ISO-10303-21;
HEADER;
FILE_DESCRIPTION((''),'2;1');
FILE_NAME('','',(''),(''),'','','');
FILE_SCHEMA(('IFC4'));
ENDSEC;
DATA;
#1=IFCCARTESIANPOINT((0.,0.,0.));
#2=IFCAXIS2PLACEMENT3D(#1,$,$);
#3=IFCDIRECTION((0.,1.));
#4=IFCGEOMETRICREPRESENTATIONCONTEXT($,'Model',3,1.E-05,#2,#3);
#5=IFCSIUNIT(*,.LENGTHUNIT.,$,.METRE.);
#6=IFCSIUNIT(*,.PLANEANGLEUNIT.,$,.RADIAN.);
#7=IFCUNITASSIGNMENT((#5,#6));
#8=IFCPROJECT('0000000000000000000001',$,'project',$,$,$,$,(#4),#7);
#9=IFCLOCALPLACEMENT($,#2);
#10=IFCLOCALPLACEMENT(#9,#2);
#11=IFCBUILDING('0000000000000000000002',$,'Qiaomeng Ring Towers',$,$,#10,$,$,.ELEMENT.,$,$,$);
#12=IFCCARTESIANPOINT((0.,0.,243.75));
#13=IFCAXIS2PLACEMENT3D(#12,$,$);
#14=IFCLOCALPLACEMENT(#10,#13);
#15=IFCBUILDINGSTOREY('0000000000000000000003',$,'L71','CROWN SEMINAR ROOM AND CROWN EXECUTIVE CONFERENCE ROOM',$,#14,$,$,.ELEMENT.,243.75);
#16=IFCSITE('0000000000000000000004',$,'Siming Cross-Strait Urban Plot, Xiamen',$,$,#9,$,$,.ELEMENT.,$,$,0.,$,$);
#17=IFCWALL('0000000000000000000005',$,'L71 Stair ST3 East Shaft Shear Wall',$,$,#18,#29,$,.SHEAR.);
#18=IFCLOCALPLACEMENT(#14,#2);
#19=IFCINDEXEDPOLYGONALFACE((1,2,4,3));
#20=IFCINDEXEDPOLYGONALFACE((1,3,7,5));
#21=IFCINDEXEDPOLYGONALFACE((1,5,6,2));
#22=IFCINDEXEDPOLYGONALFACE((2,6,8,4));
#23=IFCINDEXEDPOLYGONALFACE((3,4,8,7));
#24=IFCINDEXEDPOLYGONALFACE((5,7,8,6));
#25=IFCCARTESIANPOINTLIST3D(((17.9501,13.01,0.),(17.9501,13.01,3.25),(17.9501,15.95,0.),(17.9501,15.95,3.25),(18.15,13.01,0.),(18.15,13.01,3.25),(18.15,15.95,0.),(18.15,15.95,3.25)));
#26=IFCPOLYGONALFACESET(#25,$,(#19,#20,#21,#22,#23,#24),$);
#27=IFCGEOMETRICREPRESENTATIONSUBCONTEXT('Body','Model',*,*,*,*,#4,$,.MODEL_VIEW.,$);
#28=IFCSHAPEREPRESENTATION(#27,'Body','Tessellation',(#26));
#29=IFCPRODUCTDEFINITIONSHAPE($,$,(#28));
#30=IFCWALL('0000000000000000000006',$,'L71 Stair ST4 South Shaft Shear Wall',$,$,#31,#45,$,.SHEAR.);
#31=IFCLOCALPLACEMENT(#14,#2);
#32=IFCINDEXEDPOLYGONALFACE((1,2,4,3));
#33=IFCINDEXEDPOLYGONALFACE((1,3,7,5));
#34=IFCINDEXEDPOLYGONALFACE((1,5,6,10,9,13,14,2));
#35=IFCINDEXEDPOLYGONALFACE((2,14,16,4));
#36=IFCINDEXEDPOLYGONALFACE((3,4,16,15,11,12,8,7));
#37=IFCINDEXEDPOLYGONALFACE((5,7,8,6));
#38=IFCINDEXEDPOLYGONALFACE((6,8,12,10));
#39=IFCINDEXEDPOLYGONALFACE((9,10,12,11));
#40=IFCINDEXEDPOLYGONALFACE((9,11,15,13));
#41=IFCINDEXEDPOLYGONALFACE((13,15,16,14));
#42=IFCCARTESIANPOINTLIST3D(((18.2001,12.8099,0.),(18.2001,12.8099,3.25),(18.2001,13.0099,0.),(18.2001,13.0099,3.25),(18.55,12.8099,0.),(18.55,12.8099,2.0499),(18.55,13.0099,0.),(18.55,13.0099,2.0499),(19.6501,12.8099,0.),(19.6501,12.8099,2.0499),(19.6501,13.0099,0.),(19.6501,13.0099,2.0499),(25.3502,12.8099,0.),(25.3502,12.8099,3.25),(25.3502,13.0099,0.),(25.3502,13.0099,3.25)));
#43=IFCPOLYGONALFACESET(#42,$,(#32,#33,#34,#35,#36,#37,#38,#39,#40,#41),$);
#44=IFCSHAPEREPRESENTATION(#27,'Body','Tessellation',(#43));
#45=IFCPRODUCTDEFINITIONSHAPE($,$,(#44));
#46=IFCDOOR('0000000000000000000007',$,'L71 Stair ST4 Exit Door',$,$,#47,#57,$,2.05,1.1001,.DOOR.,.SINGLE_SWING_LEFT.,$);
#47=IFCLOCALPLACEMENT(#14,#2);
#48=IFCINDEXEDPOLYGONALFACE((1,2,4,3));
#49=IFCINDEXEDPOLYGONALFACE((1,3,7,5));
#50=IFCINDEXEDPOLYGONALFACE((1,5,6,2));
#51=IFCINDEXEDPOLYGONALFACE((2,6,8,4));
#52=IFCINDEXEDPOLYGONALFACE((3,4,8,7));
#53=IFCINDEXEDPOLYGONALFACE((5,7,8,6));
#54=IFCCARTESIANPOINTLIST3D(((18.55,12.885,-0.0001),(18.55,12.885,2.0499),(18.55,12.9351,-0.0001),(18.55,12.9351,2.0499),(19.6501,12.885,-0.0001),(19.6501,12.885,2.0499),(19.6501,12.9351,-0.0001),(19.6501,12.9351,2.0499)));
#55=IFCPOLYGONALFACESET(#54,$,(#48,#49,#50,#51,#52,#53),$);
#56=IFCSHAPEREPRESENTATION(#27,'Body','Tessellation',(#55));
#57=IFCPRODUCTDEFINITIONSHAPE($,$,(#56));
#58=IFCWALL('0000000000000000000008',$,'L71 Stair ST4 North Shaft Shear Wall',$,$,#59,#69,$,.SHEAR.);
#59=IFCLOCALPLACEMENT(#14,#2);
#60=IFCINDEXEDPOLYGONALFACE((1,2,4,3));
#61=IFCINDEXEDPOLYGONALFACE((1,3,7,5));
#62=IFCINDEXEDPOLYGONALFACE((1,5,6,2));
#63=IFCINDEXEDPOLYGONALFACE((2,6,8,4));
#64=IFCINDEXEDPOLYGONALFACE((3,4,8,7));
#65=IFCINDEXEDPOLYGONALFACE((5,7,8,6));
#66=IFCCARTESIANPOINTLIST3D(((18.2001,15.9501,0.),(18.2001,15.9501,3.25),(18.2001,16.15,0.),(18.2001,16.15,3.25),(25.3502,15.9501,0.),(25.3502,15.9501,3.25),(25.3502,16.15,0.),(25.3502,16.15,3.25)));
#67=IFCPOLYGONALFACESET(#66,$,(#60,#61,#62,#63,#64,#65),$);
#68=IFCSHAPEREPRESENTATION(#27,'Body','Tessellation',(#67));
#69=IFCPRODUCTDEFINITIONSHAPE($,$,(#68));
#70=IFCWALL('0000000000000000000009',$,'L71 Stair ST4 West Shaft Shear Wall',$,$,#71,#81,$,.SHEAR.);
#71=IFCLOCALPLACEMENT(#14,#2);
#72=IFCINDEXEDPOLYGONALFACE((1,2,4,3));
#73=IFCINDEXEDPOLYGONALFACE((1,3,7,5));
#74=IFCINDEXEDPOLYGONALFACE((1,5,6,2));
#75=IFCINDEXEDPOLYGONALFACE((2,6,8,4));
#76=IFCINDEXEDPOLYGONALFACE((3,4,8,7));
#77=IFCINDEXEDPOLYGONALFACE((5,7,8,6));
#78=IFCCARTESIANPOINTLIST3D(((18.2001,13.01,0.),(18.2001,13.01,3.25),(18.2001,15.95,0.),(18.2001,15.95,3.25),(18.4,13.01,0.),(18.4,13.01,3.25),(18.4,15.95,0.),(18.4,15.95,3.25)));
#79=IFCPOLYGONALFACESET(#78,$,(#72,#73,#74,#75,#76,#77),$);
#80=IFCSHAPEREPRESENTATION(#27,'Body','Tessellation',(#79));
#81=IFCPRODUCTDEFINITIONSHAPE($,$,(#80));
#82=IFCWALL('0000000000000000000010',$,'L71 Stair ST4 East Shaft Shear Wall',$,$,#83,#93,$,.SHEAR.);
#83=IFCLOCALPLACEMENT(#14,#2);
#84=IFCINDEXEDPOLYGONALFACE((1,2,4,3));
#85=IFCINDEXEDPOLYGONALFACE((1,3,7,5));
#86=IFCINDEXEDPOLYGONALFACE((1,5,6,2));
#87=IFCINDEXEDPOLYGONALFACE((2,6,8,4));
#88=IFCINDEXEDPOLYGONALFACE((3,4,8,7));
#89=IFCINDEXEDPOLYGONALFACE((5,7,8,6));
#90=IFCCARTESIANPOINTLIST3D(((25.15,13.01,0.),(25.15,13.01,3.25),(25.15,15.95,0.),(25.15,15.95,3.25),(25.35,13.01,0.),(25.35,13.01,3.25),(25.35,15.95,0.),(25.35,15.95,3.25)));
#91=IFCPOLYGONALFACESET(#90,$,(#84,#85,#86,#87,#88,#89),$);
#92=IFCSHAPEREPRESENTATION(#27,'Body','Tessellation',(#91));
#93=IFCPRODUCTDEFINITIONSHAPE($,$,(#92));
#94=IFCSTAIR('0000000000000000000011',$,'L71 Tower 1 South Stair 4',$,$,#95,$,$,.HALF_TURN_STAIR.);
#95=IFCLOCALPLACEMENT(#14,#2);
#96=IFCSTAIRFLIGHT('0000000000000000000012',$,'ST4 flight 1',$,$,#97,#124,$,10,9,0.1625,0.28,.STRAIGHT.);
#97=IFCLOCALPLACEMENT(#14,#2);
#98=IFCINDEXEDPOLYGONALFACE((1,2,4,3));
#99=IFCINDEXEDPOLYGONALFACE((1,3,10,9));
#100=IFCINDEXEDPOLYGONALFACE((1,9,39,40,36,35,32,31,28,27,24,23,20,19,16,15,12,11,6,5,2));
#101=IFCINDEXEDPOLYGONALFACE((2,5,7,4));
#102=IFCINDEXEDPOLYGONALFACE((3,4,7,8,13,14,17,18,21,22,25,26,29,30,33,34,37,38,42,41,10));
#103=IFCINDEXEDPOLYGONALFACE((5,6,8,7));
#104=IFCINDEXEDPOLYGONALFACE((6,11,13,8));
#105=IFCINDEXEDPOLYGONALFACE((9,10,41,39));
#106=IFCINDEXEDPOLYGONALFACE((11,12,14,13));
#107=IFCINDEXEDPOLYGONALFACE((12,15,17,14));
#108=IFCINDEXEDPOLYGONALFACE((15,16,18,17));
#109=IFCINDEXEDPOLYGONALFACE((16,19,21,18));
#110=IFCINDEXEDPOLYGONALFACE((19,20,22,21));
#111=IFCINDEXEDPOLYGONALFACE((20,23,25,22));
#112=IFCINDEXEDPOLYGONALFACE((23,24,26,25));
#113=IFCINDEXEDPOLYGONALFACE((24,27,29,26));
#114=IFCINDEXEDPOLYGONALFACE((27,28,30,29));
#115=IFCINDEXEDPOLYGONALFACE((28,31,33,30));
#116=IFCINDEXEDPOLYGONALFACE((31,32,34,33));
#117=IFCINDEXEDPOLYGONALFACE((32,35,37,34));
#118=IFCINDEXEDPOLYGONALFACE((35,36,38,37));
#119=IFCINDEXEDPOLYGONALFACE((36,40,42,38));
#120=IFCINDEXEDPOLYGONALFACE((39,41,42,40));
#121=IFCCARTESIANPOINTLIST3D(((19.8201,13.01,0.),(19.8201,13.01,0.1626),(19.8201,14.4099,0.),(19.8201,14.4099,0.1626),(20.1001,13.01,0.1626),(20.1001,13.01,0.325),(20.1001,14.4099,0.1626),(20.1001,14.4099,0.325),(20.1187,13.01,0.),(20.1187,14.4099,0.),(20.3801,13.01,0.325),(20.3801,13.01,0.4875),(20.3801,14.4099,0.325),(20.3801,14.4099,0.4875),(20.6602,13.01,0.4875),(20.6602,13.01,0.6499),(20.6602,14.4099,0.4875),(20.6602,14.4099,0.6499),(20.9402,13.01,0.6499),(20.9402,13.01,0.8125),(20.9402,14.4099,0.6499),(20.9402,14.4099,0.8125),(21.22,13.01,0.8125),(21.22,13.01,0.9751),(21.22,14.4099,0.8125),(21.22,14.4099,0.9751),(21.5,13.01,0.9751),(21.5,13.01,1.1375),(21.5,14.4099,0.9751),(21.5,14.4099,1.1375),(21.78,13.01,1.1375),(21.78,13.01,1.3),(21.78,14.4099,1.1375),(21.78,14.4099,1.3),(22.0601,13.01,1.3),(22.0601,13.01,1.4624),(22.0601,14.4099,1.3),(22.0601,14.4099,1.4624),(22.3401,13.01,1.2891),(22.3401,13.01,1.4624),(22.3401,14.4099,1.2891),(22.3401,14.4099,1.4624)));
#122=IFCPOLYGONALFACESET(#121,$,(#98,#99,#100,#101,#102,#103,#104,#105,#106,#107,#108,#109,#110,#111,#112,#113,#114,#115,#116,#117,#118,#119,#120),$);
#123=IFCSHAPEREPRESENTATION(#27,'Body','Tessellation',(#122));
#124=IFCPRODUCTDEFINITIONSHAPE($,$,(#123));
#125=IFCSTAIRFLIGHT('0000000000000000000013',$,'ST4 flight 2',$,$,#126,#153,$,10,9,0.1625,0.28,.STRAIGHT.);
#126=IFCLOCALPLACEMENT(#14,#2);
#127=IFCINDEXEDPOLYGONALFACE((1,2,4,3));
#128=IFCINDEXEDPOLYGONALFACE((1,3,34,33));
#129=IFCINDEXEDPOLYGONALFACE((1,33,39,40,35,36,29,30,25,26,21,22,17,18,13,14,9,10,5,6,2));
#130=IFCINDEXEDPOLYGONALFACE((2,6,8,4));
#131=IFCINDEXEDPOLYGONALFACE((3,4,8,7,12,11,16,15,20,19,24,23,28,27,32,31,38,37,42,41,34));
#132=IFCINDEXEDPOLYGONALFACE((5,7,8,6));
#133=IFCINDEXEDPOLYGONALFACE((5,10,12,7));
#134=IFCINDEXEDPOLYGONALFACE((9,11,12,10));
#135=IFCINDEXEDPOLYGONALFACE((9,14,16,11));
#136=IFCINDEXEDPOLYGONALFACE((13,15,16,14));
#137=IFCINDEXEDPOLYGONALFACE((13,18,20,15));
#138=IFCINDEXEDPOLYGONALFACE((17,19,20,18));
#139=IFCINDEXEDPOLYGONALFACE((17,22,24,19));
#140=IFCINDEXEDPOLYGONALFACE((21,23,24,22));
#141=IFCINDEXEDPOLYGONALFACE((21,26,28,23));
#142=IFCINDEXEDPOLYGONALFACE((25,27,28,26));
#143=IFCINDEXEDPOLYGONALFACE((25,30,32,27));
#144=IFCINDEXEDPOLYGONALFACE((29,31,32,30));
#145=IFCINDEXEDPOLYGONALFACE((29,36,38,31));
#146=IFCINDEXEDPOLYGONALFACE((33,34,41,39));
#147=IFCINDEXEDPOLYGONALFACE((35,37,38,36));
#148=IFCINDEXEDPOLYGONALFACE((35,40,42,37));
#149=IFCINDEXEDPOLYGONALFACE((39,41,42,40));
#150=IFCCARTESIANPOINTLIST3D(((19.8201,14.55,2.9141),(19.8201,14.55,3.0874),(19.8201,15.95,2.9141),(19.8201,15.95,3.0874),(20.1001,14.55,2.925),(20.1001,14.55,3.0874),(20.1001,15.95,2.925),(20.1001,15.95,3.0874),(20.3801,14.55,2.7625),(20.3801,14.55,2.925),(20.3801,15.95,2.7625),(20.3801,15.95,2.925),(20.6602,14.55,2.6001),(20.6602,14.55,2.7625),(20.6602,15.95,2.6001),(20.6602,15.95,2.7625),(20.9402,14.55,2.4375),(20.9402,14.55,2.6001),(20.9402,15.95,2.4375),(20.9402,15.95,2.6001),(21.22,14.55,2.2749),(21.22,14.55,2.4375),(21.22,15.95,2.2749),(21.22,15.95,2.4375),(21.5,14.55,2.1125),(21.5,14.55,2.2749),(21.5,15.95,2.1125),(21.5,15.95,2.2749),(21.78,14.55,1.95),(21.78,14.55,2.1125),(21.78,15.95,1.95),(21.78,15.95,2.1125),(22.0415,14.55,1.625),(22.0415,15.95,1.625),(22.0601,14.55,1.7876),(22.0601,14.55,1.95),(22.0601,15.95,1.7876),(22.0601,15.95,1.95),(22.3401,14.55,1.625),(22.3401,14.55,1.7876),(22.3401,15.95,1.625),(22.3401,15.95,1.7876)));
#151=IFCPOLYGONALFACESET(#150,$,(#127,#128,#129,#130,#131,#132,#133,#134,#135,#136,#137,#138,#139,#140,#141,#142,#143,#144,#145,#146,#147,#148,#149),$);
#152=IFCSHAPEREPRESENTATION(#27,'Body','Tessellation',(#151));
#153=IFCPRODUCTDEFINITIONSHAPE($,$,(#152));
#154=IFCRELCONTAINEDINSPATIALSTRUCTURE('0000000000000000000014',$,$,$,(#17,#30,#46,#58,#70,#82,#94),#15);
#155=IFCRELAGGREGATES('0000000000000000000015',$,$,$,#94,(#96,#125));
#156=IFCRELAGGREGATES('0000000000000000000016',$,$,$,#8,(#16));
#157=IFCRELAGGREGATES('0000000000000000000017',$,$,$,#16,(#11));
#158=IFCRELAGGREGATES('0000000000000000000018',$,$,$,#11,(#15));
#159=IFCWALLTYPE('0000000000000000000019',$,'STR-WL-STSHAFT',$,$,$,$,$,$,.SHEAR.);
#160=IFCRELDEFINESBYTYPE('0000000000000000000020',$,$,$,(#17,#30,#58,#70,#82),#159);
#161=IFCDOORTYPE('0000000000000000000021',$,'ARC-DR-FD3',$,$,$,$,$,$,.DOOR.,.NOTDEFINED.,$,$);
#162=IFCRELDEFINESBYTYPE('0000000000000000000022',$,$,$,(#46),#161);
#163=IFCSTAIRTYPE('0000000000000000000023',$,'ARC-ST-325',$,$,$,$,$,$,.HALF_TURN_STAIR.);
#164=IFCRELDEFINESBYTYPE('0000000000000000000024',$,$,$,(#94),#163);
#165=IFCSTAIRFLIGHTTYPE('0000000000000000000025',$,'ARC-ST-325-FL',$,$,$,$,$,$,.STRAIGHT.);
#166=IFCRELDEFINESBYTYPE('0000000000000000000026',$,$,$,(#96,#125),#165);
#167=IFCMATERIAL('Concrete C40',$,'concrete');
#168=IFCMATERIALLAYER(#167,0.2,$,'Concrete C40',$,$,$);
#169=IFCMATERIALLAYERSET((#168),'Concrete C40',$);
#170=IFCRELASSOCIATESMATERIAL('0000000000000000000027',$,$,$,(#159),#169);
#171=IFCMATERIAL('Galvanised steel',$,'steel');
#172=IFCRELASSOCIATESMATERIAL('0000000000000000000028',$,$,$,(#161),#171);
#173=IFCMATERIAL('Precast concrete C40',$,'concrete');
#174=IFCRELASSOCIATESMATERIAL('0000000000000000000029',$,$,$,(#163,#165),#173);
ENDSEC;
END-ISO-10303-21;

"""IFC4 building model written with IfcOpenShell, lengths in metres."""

from ifc_helpers import new_model, si_unit, direction, frame, frame_2d, origin, place, context, subcontext, project, spatial, polyline, rectangle, outline, extrude, source, transform, mapped, material, layer, layer_set, type_object, element, fill, aggregate, save


model = new_model("IFC4")

# Units and contexts
model_context = context("Model", 3, precision=1e-05, world=origin(), true_north=direction((0.0, 1.0)))
body_context = subcontext(model_context, "Body", "Model", "MODEL_VIEW")
ifc_project = project(units=[si_unit("LENGTHUNIT", "METRE"), si_unit("PLANEANGLEUNIT", "RADIAN")], contexts=[model_context])

# Site, building, storey
site_placement = place(None, origin())
site = spatial("IfcSite", under=ifc_project, at=site_placement, Name="Siming Cross-Strait Urban Plot, Xiamen", CompositionType="ELEMENT", RefElevation=0.0)
building_placement = place(site_placement, origin())
building = spatial("IfcBuilding", under=site, at=building_placement, Name="Qiaomeng Ring Towers", CompositionType="ELEMENT")
storey_placement = place(building_placement, frame((0.0, 0.0, 243.75)))
storey = spatial("IfcBuildingStorey", under=building, at=storey_placement, Name="L71", Description="CROWN SEMINAR ROOM AND CROWN EXECUTIVE CONFERENCE ROOM", CompositionType="ELEMENT", Elevation=243.75)

# Wall
ifc_material_1 = material(Name="Concrete C40", Category="concrete")
ifc_layer_1 = layer(ifc_material_1, 0.2, Name="Concrete C40")
ifc_layer_set_1 = layer_set([ifc_layer_1], Name="Concrete C40")
wall_type_1 = type_object("IfcWallType", Name="STR-WL-STSHAFT", PredefinedType="SHEAR", material=ifc_layer_set_1)
wall_1_placement = place(storey_placement, frame((18.05, 13.01, 0.0), z_axis=(0.0, 0.0, 1.0), x_axis=(0.0, 1.0, 0.0)))
element("IfcWall", 1, at=wall_1_placement, inside=storey, type_object=wall_type_1, Name="L71 Stair ST3 East Shaft Shear Wall", PredefinedType="SHEAR", context=body_context, shape_type="SweptSolid", body=[
    extrude(rectangle(XDim=2.9399, YDim=0.2, at=frame_2d((1.47, 0.0))), origin(), (0.0, 0.0, 1.0), 3.25),
])

# Wall, opening, door
wall_2_placement = place(storey_placement, frame((18.2, 12.9099, 0.0), z_axis=(0.0, 0.0, 1.0), x_axis=(1.0, 0.0, 0.0)))
wall_2 = element("IfcWall", 2, at=wall_2_placement, inside=storey, type_object=wall_type_1, Name="L71 Stair ST4 South Shaft Shear Wall", PredefinedType="SHEAR", context=body_context, shape_type="SweptSolid", body=[
    extrude(rectangle(XDim=7.1501, YDim=0.2, at=frame_2d((3.5752, 0.0))), origin(), (0.0, 0.0, 1.0), 3.25),
])
opening_placement = place(wall_2_placement, frame((0.3501, 0.0, 0.0)))
opening = element("IfcOpeningElement", 3, at=opening_placement, cuts=wall_2, PredefinedType="OPENING", context=body_context, shape_type="SweptSolid", body=[
    extrude(rectangle(XDim=1.1001, YDim=2.05, at=frame_2d((0.55, 1.0249))), frame((0.0, 0.1099, 0.0), z_axis=(0.0, -1.0, 0.0), x_axis=(1.0, 0.0, 0.0)), (0.0, 0.0, 1.0), 0.22),
])
ifc_material_2 = material(Name="Galvanised steel", Category="steel")
door_type = type_object("IfcDoorType", Name="ARC-DR-FD3", OperationType="NOTDEFINED", PredefinedType="DOOR", material=ifc_material_2)
shared_shape_1 = source(origin(), body_context, "Body", "SweptSolid", [
    extrude(rectangle(XDim=1.1001, YDim=2.05, at=frame_2d((0.55, 1.0249))), frame((0.0, 0.0249, 0.0), z_axis=(0.0, -1.0, 0.0), x_axis=(1.0, 0.0, 0.0)), (0.0, 0.0, 1.0), 0.05),
])
door_placement = place(opening_placement, frame((1.1001, 0.0, 0.0), z_axis=(0.0, 0.0, 1.0), x_axis=(-1.0, 0.0, 0.0)))
door = element("IfcDoor", 4, at=door_placement, inside=storey, type_object=door_type, Name="L71 Stair ST4 Exit Door", OperationType="SINGLE_SWING_LEFT", OverallHeight=2.05, OverallWidth=1.1001, PredefinedType="DOOR", context=body_context, shape_type="MappedRepresentation", body=[
    mapped(shared_shape_1, transform((0.0, 0.0, 0.0), x_axis=(1.0, 0.0, 0.0), y_axis=(0.0, 1.0, 0.0), z_axis=(0.0, 0.0, 1.0), scale=1.0)),
])
fill(opening, door)

# Walls
wall_3_placement = place(storey_placement, frame((18.2, 16.05, 0.0), z_axis=(0.0, 0.0, 1.0), x_axis=(1.0, 0.0, 0.0)))
element("IfcWall", 5, at=wall_3_placement, inside=storey, type_object=wall_type_1, Name="L71 Stair ST4 North Shaft Shear Wall", PredefinedType="SHEAR", context=body_context, shape_type="SweptSolid", body=[
    extrude(rectangle(XDim=7.1501, YDim=0.2, at=frame_2d((3.5752, 0.0))), origin(), (0.0, 0.0, 1.0), 3.25),
])
for number, where, z_axis, x_axis, name in (
    (6, (18.3, 13.01, 0.0), (0.0, 0.0, 1.0), (0.0, 1.0, 0.0), "L71 Stair ST4 West Shaft Shear Wall"),
    (7, (25.25, 13.01, 0.0), (0.0, 0.0, 1.0), (0.0, 1.0, 0.0), "L71 Stair ST4 East Shaft Shear Wall"),
):
    element("IfcWall", number, at=place(storey_placement, frame(where, z_axis=z_axis, x_axis=x_axis)), inside=storey, type_object=wall_type_1, Name=name, PredefinedType="SHEAR", context=body_context, shape_type="SweptSolid", body=[
        extrude(rectangle(XDim=2.9399, YDim=0.2, at=frame_2d((1.47, 0.0))), origin(), (0.0, 0.0, 1.0), 3.25),
    ])

# Stair, stair flights
ifc_material_3 = material(Name="Precast concrete C40", Category="concrete")
stair_type = type_object("IfcStairType", Name="ARC-ST-325", PredefinedType="HALF_TURN_STAIR", material=ifc_material_3)
stair_placement = place(storey_placement, origin())
stair = element("IfcStair", 8, at=stair_placement, inside=storey, type_object=stair_type, Name="L71 Tower 1 South Stair 4", PredefinedType="HALF_TURN_STAIR")
stair_flight_type = type_object("IfcStairFlightType", Name="ARC-ST-325-FL", PredefinedType="STRAIGHT", material=ifc_material_3)
shared_shape_2 = source(origin(), body_context, "Body", "SweptSolid", [
    extrude(outline(polyline([(0.0, 0.0), (0.0, 0.1626), (0.28, 0.1626), (0.28, 0.325), (0.5601, 0.325), (0.5601, 0.4875), (0.8401, 0.4875), (0.8401, 0.6499), (1.1201, 0.6499), (1.1201, 0.8125), (1.3999, 0.8125), (1.3999, 0.9751), (1.6799, 0.9751), (1.6799, 1.1375), (1.96, 1.1375), (1.96, 1.3), (2.24, 1.3), (2.24, 1.4624), (2.52, 1.4624), (2.52, 1.625), (2.52, 1.2891), (0.2986, 0.0), (0.0, 0.0)])), frame((0.0, 0.7, 0.0), z_axis=(0.0, -1.0, 0.0), x_axis=(1.0, 0.0, 0.0)), (0.0, 0.0, 1.0), 1.3999),
])
stair_flight_1_placement = place(storey_placement, frame((19.8201, 13.71, 0.0), z_axis=(0.0, 0.0, 1.0), x_axis=(1.0, 0.0, 0.0)))
stair_flight_1 = element("IfcStairFlight", 9, at=stair_flight_1_placement, type_object=stair_flight_type, Name="ST4 flight 1", NumberOfRisers=10, NumberOfTreads=9, PredefinedType="STRAIGHT", RiserHeight=0.1625, TreadLength=0.28, context=body_context, shape_type="MappedRepresentation", body=[
    mapped(shared_shape_2, transform((0.0, 0.0, 0.0), x_axis=(1.0, 0.0, 0.0), y_axis=(0.0, 1.0, 0.0), z_axis=(0.0, 0.0, 1.0), scale=1.0)),
])
stair_flight_2_placement = place(storey_placement, frame((22.3401, 15.25, 1.625), z_axis=(0.0, 0.0, 1.0), x_axis=(-1.0, 0.0, 0.0)))
stair_flight_2 = element("IfcStairFlight", 10, at=stair_flight_2_placement, type_object=stair_flight_type, Name="ST4 flight 2", NumberOfRisers=10, NumberOfTreads=9, PredefinedType="STRAIGHT", RiserHeight=0.1625, TreadLength=0.28, context=body_context, shape_type="MappedRepresentation", body=[
    mapped(shared_shape_2, transform((0.0, 0.0, 0.0), x_axis=(1.0, 0.0, 0.0), y_axis=(0.0, 1.0, 0.0), z_axis=(0.0, 0.0, 1.0), scale=1.0)),
])
aggregate(stair, [stair_flight_1, stair_flight_2])

save(model, "model.ifc")
